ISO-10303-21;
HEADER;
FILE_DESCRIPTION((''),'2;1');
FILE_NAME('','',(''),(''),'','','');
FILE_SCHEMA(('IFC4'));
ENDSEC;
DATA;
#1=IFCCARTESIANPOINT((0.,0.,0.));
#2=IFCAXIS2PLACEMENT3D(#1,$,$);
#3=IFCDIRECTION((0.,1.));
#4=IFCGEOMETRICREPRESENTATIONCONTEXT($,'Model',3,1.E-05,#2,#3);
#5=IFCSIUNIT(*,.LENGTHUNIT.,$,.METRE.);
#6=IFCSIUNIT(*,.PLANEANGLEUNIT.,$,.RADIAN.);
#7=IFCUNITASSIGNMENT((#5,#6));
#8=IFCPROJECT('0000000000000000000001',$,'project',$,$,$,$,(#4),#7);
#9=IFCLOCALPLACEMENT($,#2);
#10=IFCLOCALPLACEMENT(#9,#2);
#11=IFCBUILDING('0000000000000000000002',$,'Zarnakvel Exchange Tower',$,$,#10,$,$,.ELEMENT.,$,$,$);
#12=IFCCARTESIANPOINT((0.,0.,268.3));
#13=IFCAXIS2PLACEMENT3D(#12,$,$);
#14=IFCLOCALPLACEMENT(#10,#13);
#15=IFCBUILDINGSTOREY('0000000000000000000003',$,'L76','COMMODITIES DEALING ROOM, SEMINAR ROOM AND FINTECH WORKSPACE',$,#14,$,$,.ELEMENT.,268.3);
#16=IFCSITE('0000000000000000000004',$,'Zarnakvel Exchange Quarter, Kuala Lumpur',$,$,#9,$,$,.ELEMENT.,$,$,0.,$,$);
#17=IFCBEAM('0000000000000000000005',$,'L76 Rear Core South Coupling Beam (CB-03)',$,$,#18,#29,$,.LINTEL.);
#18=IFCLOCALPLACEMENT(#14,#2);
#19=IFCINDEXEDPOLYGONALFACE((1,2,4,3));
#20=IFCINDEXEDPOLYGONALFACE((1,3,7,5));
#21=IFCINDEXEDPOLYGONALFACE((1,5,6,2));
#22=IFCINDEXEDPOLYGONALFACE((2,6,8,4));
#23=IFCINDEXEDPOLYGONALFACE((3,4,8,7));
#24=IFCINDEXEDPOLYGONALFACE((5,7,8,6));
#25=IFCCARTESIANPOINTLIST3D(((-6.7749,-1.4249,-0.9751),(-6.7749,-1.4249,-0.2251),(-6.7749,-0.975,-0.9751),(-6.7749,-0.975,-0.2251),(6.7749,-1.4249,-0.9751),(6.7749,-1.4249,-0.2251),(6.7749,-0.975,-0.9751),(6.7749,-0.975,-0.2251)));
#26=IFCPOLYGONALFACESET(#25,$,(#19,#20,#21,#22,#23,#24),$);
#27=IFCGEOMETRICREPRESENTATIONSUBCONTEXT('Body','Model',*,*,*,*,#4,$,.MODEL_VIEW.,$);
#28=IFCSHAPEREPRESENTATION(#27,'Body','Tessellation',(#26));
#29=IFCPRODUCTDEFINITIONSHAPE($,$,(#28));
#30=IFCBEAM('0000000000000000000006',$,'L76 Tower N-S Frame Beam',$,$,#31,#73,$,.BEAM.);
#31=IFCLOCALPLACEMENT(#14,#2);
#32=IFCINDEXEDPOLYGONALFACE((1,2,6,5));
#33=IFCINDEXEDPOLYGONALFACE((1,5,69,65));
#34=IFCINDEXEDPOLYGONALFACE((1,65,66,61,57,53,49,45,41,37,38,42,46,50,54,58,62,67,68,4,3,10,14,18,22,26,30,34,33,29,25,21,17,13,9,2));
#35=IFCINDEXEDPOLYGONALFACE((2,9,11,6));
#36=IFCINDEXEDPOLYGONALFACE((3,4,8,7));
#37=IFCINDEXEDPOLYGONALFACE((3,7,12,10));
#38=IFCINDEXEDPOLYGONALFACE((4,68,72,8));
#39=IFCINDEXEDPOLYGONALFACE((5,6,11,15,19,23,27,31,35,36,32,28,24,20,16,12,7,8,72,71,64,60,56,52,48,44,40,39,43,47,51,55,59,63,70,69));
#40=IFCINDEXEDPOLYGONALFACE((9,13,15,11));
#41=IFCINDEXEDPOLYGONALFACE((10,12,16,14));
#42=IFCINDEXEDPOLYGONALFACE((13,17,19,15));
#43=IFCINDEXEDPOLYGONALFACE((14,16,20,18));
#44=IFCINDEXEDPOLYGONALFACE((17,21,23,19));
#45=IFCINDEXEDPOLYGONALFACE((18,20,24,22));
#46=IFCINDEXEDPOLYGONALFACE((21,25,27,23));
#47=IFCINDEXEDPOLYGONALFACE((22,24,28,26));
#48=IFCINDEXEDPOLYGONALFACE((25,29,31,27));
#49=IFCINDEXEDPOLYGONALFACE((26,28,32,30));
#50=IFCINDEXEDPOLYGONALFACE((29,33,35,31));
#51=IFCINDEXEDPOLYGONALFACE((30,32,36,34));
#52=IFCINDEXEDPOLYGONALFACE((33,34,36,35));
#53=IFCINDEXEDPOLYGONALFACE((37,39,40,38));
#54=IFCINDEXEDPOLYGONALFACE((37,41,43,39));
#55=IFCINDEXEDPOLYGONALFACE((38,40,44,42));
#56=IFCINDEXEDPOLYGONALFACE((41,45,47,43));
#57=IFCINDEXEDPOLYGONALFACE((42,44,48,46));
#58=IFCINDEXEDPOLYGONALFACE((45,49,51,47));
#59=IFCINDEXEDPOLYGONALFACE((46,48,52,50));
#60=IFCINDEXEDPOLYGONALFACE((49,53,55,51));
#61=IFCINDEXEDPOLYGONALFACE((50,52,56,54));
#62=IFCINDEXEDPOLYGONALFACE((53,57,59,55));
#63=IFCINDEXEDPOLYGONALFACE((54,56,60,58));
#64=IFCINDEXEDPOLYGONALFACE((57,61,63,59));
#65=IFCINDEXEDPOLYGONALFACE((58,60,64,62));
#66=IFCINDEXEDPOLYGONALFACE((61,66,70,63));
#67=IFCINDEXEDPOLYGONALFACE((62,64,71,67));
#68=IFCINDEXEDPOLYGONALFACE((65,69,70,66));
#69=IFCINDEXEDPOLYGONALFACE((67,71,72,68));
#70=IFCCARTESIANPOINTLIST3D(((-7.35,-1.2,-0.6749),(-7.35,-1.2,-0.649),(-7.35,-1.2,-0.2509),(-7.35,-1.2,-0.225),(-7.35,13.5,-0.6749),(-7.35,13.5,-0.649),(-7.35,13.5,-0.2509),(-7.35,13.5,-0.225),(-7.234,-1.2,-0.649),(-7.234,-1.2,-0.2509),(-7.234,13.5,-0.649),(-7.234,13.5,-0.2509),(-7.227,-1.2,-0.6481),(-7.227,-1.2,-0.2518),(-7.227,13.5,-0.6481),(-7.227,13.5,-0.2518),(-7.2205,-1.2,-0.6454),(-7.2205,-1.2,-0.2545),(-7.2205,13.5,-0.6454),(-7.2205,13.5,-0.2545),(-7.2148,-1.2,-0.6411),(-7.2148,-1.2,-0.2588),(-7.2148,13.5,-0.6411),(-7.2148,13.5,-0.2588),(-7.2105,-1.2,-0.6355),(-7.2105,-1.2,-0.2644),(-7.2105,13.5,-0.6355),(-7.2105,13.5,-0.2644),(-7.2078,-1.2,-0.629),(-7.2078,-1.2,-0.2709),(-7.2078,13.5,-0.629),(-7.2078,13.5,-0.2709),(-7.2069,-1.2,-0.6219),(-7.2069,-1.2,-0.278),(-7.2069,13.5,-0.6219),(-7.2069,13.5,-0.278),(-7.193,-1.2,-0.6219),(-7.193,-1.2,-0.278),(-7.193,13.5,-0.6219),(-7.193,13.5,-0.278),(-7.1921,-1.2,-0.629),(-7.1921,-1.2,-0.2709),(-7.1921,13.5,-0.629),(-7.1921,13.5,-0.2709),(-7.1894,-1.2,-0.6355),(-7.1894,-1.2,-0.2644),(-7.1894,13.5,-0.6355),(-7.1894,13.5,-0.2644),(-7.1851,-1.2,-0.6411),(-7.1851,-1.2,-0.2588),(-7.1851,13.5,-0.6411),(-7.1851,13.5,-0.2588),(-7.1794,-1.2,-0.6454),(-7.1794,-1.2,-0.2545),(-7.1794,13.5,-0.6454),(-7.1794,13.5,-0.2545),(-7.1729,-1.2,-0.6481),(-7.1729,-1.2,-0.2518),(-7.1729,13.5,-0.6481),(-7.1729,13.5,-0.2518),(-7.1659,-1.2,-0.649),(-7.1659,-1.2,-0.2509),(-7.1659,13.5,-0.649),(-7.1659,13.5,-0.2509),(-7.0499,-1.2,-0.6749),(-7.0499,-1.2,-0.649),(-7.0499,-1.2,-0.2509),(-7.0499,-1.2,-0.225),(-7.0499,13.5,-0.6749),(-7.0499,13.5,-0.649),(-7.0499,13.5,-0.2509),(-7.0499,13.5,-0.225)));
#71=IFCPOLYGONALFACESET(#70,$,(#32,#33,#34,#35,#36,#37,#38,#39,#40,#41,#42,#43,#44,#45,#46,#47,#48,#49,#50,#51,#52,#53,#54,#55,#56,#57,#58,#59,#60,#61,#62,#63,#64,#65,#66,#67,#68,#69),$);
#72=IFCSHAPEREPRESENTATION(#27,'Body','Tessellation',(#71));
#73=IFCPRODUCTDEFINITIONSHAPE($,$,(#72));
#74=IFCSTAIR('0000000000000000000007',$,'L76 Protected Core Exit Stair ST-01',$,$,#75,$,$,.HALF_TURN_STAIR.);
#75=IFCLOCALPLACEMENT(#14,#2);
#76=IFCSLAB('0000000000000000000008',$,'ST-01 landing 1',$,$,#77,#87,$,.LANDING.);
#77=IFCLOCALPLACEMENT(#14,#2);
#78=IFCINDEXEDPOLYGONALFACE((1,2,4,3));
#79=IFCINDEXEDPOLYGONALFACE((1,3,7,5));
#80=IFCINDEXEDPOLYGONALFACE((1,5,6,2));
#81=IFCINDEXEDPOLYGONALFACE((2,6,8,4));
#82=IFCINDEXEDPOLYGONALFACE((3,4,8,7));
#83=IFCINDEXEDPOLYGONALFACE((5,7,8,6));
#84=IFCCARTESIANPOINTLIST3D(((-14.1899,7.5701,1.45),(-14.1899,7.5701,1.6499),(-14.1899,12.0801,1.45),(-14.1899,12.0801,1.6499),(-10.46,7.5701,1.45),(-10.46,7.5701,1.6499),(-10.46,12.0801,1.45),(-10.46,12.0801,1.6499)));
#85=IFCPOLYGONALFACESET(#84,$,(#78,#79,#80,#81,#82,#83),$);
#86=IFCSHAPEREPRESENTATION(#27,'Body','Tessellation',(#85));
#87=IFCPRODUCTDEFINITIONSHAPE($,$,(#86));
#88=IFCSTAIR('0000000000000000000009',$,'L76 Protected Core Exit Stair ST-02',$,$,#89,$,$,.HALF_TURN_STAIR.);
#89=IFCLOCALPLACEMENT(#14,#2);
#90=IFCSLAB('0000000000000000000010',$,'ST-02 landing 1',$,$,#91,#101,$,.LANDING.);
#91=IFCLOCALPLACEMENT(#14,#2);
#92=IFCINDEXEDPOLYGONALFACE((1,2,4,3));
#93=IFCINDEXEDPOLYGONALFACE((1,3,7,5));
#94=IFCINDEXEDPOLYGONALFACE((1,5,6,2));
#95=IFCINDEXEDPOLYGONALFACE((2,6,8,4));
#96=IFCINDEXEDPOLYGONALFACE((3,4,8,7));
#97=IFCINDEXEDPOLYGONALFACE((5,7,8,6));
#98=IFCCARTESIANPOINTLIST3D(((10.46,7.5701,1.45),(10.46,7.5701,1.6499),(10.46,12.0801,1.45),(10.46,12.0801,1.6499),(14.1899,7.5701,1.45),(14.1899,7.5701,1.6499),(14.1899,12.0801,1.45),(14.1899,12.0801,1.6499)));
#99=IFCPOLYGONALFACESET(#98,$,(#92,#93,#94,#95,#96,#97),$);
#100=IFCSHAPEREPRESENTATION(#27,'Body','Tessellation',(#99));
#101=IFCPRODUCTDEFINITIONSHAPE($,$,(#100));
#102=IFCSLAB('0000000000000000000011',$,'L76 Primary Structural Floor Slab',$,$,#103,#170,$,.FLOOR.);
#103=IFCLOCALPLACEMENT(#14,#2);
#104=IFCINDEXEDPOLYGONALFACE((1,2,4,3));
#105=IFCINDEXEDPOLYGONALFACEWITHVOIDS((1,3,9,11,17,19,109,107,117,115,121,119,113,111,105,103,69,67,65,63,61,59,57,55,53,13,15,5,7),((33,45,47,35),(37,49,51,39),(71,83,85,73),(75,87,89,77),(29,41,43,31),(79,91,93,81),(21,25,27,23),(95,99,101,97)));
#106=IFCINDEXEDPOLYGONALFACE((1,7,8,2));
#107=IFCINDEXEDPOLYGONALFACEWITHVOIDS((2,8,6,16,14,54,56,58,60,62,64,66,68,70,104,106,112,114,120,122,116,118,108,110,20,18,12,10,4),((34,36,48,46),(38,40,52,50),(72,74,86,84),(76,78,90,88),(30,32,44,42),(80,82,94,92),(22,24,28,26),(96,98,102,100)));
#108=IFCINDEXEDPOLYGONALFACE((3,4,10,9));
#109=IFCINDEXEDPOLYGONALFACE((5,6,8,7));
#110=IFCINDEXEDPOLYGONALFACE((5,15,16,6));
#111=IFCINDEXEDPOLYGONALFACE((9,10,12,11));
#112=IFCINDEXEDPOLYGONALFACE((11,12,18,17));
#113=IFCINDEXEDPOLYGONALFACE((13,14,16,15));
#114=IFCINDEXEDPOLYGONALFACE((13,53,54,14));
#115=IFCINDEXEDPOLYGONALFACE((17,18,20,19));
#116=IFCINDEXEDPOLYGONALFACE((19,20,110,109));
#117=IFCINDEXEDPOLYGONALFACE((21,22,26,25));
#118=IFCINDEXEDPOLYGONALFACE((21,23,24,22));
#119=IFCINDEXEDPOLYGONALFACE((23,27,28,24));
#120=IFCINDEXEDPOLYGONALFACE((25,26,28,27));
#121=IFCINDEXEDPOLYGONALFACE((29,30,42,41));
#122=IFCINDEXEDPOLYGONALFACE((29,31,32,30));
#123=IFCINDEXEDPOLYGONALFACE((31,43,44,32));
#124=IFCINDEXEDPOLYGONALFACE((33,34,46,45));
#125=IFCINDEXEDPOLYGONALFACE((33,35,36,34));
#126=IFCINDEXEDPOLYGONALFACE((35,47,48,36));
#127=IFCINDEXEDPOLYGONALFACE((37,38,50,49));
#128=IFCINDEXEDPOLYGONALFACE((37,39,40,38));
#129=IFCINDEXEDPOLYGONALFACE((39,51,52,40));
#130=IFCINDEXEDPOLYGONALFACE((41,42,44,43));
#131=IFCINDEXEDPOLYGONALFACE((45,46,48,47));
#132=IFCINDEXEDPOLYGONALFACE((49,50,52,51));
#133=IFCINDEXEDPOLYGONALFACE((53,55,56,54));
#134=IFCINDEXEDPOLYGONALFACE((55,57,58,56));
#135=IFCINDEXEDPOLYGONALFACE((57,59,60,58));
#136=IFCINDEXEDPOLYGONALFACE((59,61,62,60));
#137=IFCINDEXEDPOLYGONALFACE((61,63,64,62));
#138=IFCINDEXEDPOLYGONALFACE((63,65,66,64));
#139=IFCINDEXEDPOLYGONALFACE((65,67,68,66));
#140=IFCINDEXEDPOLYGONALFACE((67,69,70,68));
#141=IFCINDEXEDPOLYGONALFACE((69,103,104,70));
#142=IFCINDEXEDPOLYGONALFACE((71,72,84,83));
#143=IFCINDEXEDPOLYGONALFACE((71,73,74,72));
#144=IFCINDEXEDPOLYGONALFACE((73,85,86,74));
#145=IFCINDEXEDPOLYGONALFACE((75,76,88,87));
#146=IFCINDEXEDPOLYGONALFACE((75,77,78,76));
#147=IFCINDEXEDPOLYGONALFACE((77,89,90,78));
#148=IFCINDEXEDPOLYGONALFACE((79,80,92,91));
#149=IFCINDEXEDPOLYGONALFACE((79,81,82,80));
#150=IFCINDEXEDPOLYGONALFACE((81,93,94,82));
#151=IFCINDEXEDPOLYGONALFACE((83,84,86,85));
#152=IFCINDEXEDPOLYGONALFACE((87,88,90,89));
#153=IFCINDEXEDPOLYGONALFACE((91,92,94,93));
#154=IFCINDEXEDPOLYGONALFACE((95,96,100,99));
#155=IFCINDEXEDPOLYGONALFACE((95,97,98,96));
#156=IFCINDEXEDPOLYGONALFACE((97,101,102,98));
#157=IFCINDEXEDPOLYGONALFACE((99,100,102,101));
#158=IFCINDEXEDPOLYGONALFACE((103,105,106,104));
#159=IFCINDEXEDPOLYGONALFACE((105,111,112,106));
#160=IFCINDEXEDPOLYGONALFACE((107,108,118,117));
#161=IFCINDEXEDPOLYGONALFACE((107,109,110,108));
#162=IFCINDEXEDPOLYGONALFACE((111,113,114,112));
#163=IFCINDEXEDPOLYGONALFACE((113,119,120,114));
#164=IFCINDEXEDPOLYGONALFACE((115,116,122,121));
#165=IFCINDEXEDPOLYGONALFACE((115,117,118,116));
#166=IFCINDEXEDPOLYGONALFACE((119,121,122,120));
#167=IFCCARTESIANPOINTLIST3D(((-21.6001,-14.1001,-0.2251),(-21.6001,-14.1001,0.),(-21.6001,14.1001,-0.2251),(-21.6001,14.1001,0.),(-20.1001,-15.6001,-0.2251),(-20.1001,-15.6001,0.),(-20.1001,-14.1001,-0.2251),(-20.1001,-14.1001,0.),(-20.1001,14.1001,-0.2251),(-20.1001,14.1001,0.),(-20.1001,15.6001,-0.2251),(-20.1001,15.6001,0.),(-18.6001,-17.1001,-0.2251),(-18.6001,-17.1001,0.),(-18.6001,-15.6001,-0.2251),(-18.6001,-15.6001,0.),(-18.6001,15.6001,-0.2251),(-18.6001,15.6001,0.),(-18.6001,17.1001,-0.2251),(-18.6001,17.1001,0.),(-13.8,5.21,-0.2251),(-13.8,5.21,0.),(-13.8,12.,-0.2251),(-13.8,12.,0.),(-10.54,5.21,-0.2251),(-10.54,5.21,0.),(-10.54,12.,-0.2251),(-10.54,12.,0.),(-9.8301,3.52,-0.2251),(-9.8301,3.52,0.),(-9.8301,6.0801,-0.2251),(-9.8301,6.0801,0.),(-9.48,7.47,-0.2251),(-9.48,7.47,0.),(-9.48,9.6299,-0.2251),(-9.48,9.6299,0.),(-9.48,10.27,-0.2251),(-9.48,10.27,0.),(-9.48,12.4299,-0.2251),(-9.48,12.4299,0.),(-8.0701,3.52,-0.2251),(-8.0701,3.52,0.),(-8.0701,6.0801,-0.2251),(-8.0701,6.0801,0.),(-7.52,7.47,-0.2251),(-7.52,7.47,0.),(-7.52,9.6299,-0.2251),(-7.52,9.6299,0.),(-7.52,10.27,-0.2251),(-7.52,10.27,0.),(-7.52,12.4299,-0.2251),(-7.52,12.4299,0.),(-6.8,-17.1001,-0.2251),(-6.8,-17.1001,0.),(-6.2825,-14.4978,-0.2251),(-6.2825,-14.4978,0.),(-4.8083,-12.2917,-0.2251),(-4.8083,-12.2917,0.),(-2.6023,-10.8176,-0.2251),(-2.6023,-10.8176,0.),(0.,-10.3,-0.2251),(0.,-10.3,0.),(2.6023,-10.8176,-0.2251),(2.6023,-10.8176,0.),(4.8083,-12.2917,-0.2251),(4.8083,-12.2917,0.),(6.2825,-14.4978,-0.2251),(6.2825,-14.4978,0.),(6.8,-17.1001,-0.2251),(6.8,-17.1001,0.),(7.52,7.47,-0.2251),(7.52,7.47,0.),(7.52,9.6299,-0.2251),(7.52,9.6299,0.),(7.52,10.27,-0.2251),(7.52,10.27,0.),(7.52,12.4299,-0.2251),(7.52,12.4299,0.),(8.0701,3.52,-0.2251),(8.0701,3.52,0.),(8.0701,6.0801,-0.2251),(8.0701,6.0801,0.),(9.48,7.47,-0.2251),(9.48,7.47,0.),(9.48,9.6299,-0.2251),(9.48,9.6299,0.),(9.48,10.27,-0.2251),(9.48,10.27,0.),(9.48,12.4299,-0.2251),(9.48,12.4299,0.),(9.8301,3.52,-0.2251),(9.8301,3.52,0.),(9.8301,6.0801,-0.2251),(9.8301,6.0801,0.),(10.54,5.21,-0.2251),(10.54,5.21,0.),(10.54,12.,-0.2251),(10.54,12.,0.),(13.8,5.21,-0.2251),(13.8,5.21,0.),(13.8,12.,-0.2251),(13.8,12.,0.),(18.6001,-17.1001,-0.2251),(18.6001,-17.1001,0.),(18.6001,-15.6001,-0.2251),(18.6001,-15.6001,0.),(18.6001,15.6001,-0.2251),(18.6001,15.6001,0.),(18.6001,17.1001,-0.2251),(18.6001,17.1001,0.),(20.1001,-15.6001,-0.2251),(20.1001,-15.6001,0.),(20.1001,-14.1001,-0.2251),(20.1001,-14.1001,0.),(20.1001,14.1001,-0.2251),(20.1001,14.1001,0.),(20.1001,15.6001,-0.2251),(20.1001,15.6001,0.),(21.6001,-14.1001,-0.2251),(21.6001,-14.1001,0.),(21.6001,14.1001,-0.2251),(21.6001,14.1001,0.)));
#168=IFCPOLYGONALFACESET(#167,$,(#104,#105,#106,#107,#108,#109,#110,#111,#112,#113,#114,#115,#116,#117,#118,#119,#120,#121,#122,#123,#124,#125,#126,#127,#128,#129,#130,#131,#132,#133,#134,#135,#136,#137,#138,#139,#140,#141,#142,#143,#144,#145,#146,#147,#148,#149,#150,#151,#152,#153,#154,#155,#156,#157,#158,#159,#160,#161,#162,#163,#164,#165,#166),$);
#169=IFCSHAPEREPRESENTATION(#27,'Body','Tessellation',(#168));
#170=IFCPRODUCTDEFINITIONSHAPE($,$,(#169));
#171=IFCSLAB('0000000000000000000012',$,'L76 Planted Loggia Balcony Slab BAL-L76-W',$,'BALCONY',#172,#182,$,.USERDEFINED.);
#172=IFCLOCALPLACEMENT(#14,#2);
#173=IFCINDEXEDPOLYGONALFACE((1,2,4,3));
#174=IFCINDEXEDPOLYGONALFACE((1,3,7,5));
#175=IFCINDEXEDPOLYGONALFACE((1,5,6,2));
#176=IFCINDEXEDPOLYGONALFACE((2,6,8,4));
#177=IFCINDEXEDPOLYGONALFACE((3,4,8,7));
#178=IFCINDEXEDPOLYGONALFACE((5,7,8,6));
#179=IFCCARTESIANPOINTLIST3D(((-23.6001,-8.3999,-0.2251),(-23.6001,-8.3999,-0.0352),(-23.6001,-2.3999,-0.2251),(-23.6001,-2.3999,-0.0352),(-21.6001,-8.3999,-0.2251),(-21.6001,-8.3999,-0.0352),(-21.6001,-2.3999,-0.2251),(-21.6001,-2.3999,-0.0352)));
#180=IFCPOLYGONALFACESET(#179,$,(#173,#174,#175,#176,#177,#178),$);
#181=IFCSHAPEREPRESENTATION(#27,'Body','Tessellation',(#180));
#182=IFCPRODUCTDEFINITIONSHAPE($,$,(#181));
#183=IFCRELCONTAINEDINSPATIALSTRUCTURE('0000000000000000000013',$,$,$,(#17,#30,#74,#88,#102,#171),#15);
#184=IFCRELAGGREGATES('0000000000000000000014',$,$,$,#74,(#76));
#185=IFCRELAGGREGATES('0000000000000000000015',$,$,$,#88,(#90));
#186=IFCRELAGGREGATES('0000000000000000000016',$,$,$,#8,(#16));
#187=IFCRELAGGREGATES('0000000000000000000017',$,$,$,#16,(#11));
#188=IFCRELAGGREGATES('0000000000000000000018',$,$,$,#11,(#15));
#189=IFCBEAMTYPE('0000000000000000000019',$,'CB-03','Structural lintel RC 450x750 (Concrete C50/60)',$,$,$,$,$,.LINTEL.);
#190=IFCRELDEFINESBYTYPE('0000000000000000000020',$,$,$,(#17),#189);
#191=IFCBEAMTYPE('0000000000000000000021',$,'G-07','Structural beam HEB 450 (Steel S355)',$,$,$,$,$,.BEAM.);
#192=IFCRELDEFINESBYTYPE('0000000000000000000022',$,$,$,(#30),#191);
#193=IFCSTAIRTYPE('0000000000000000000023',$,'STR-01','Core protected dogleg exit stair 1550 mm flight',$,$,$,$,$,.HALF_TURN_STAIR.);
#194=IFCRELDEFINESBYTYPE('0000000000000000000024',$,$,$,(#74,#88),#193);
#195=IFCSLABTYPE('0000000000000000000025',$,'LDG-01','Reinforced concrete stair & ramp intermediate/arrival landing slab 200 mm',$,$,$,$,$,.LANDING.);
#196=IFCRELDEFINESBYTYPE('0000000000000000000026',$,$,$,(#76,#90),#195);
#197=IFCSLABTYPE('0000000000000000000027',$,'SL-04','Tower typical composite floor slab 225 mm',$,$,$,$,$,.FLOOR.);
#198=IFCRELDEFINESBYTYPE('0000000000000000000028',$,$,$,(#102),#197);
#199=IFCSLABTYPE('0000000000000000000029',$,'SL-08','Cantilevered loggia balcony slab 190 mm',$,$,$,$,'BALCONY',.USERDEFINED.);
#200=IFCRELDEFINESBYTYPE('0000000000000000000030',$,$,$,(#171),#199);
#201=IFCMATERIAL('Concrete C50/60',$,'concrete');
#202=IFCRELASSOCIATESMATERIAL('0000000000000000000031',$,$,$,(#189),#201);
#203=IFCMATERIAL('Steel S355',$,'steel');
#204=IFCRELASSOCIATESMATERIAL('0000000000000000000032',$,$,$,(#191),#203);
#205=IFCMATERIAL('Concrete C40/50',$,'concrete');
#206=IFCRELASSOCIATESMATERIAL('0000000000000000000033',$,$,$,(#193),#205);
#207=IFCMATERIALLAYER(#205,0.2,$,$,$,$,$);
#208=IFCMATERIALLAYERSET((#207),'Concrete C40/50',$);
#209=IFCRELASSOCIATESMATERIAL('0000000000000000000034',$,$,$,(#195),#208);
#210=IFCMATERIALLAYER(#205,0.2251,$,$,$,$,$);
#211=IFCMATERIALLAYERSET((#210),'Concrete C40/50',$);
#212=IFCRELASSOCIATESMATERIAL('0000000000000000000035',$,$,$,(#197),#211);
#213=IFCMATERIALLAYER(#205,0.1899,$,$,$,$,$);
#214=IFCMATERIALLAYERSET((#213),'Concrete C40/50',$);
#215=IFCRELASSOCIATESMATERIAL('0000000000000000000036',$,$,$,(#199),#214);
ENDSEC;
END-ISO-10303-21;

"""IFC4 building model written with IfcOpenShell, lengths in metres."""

from ifc_helpers import new_model, si_unit, direction, frame, origin, origin_2d, place, context, subcontext, project, spatial, polyline, rectangle, i_section, outline, extrude, material, layer, layer_set, material_profile, profile_set, type_object, element, aggregate, save


model = new_model("IFC4")

# Units and contexts
model_context = context("Model", 3, precision=1e-05, world=origin(), true_north=direction((0.0, 1.0)))
body_context = subcontext(model_context, "Body", "Model", "MODEL_VIEW")
ifc_project = project(units=[si_unit("LENGTHUNIT", "METRE"), si_unit("PLANEANGLEUNIT", "RADIAN")], contexts=[model_context])

# Site, building, storey
site_placement = place(None, origin())
site = spatial("IfcSite", under=ifc_project, at=site_placement, Name="Zarnakvel Exchange Quarter, Kuala Lumpur", CompositionType="ELEMENT", RefElevation=0.0)
building_placement = place(site_placement, origin())
building = spatial("IfcBuilding", under=site, at=building_placement, Name="Zarnakvel Exchange Tower", CompositionType="ELEMENT")
storey_placement = place(building_placement, frame((0.0, 0.0, 268.3)))
storey = spatial("IfcBuildingStorey", under=building, at=storey_placement, Name="L76", Description="COMMODITIES DEALING ROOM, SEMINAR ROOM AND FINTECH WORKSPACE", CompositionType="ELEMENT", Elevation=268.3)

# Beams
ifc_material_1 = material(Name="Concrete C50/60", Category="concrete")
ifc_material_profile_1 = material_profile(ifc_material_1, rectangle(XDim=0.45, YDim=0.75, at=origin_2d()))
ifc_profile_set_1 = profile_set([ifc_material_profile_1], Name="Concrete C50/60")
beam_type_1 = type_object("IfcBeamType", Name="CB-03", Description="Structural lintel RC 450x750 (Concrete C50/60)", PredefinedType="LINTEL", material=ifc_profile_set_1)
beam_1_placement = place(storey_placement, frame((-6.7749, -1.2, -0.6001), z_axis=(1.0, 0.0, 0.0), x_axis=(0.0, 1.0, 0.0)))
element("IfcBeam", 1, at=beam_1_placement, inside=storey, type_object=beam_type_1, Name="L76 Rear Core South Coupling Beam (CB-03)", PredefinedType="LINTEL", context=body_context, shape_type="SweptSolid", body=[
    extrude(rectangle(XDim=0.45, YDim=0.75, at=origin_2d()), origin(), (0.0, 0.0, 1.0), 13.5498),
])
ifc_material_2 = material(Name="Steel S355", Category="steel")
ifc_material_profile_2 = material_profile(ifc_material_2, i_section(OverallWidth=0.3, OverallDepth=0.45, WebThickness=0.0139, FlangeThickness=0.0259, FilletRadius=0.0271, at=origin_2d()))
ifc_profile_set_2 = profile_set([ifc_material_profile_2], Name="Steel S355")
beam_type_2 = type_object("IfcBeamType", Name="G-07", Description="Structural beam HEB 450 (Steel S355)", PredefinedType="BEAM", material=ifc_profile_set_2)
beam_2_placement = place(storey_placement, frame((-7.2, -1.2, -0.45), z_axis=(0.0, 1.0, 0.0), x_axis=(-1.0, 0.0, 0.0)))
element("IfcBeam", 2, at=beam_2_placement, inside=storey, type_object=beam_type_2, Name="L76 Tower N-S Frame Beam", PredefinedType="BEAM", context=body_context, shape_type="SweptSolid", body=[
    extrude(i_section(OverallWidth=0.3, OverallDepth=0.45, WebThickness=0.0139, FlangeThickness=0.0259, FilletRadius=0.0271, at=origin_2d()), origin(), (0.0, 0.0, 1.0), 14.7),
])

# Stairs, slabs
ifc_material_3 = material(Name="Concrete C40/50", Category="concrete")
stair_type = type_object("IfcStairType", Name="STR-01", Description="Core protected dogleg exit stair 1550 mm flight", PredefinedType="HALF_TURN_STAIR", material=ifc_material_3)
stair_1_placement = place(storey_placement, origin())
stair_1 = element("IfcStair", 3, at=stair_1_placement, inside=storey, type_object=stair_type, Name="L76 Protected Core Exit Stair ST-01", PredefinedType="HALF_TURN_STAIR")
ifc_layer_1 = layer(ifc_material_3, 0.2)
ifc_layer_set_1 = layer_set([ifc_layer_1], Name="Concrete C40/50")
slab_type_1 = type_object("IfcSlabType", Name="LDG-01", Description="Reinforced concrete stair & ramp intermediate/arrival landing slab 200 mm", PredefinedType="LANDING", material=ifc_layer_set_1)
slab_1_placement = place(storey_placement, frame((0.0, 0.0, 1.45)))
slab_1 = element("IfcSlab", 4, at=slab_1_placement, type_object=slab_type_1, Name="ST-01 landing 1", PredefinedType="LANDING", context=body_context, shape_type="SweptSolid", body=[
    extrude(outline(polyline([(-14.1899, 7.5701), (-10.46, 7.5701), (-10.46, 12.0801), (-14.1899, 12.0801), (-14.1899, 7.5701)])), origin(), (0.0, 0.0, 1.0), 0.2),
])
aggregate(stair_1, [slab_1])
stair_2_placement = place(storey_placement, origin())
stair_2 = element("IfcStair", 5, at=stair_2_placement, inside=storey, type_object=stair_type, Name="L76 Protected Core Exit Stair ST-02", PredefinedType="HALF_TURN_STAIR")
slab_2_placement = place(storey_placement, frame((0.0, 0.0, 1.45)))
slab_2 = element("IfcSlab", 6, at=slab_2_placement, type_object=slab_type_1, Name="ST-02 landing 1", PredefinedType="LANDING", context=body_context, shape_type="SweptSolid", body=[
    extrude(outline(polyline([(10.46, 7.5701), (14.1899, 7.5701), (14.1899, 12.0801), (10.46, 12.0801), (10.46, 7.5701)])), origin(), (0.0, 0.0, 1.0), 0.2),
])
aggregate(stair_2, [slab_2])

# Slabs
ifc_layer_2 = layer(ifc_material_3, 0.2251)
ifc_layer_set_2 = layer_set([ifc_layer_2], Name="Concrete C40/50")
slab_type_2 = type_object("IfcSlabType", Name="SL-04", Description="Tower typical composite floor slab 225 mm", PredefinedType="FLOOR", material=ifc_layer_set_2)
slab_3_placement = place(storey_placement, frame((0.0, 0.0, -0.2251)))
element("IfcSlab", 7, at=slab_3_placement, inside=storey, type_object=slab_type_2, Name="L76 Primary Structural Floor Slab", PredefinedType="FLOOR", context=body_context, shape_type="SweptSolid", body=[
    extrude(outline(polyline([(-21.6001, -14.1001), (-20.1001, -14.1001), (-20.1001, -15.6001), (-18.6001, -15.6001), (-18.6001, -17.1001), (-6.8, -17.1001), (-6.2825, -14.4978), (-4.8083, -12.2917), (-2.6023, -10.8176), (0.0, -10.3), (2.6023, -10.8176), (4.8083, -12.2917), (6.2825, -14.4978), (6.8, -17.1001), (18.6001, -17.1001), (18.6001, -15.6001), (20.1001, -15.6001), (20.1001, -14.1001), (21.6001, -14.1001), (21.6001, 14.1001), (20.1001, 14.1001), (20.1001, 15.6001), (18.6001, 15.6001), (18.6001, 17.1001), (-18.6001, 17.1001), (-18.6001, 15.6001), (-20.1001, 15.6001), (-20.1001, 14.1001), (-21.6001, 14.1001), (-21.6001, -14.1001)]), holes=[polyline([(-13.8, 5.21), (-10.54, 5.21), (-10.54, 12.0), (-13.8, 12.0), (-13.8, 5.21)]), polyline([(10.54, 5.21), (13.8, 5.21), (13.8, 12.0), (10.54, 12.0), (10.54, 5.21)]), polyline([(-9.8301, 3.52), (-8.0701, 3.52), (-8.0701, 6.0801), (-9.8301, 6.0801), (-9.8301, 3.52)]), polyline([(8.0701, 3.52), (9.8301, 3.52), (9.8301, 6.0801), (8.0701, 6.0801), (8.0701, 3.52)]), polyline([(-9.48, 7.47), (-7.52, 7.47), (-7.52, 9.6299), (-9.48, 9.6299), (-9.48, 7.47)]), polyline([(-9.48, 10.27), (-7.52, 10.27), (-7.52, 12.4299), (-9.48, 12.4299), (-9.48, 10.27)]), polyline([(7.52, 7.47), (9.48, 7.47), (9.48, 9.6299), (7.52, 9.6299), (7.52, 7.47)]), polyline([(7.52, 10.27), (9.48, 10.27), (9.48, 12.4299), (7.52, 12.4299), (7.52, 10.27)])]), origin(), (0.0, 0.0, 1.0), 0.2251),
])
ifc_layer_3 = layer(ifc_material_3, 0.1899)
ifc_layer_set_3 = layer_set([ifc_layer_3], Name="Concrete C40/50")
slab_type_3 = type_object("IfcSlabType", Name="SL-08", Description="Cantilevered loggia balcony slab 190 mm", ElementType="BALCONY", PredefinedType="USERDEFINED", material=ifc_layer_set_3)
slab_4_placement = place(storey_placement, frame((0.0, 0.0, -0.2251)))
element("IfcSlab", 8, at=slab_4_placement, inside=storey, type_object=slab_type_3, Name="L76 Planted Loggia Balcony Slab BAL-L76-W", ObjectType="BALCONY", PredefinedType="USERDEFINED", context=body_context, shape_type="SweptSolid", body=[
    extrude(outline(polyline([(-23.6001, -8.3999), (-21.6001, -8.3999), (-21.6001, -2.3999), (-23.6001, -2.3999), (-23.6001, -8.3999)])), origin(), (0.0, 0.0, 1.0), 0.1899),
])

save(model, "model.ifc")
